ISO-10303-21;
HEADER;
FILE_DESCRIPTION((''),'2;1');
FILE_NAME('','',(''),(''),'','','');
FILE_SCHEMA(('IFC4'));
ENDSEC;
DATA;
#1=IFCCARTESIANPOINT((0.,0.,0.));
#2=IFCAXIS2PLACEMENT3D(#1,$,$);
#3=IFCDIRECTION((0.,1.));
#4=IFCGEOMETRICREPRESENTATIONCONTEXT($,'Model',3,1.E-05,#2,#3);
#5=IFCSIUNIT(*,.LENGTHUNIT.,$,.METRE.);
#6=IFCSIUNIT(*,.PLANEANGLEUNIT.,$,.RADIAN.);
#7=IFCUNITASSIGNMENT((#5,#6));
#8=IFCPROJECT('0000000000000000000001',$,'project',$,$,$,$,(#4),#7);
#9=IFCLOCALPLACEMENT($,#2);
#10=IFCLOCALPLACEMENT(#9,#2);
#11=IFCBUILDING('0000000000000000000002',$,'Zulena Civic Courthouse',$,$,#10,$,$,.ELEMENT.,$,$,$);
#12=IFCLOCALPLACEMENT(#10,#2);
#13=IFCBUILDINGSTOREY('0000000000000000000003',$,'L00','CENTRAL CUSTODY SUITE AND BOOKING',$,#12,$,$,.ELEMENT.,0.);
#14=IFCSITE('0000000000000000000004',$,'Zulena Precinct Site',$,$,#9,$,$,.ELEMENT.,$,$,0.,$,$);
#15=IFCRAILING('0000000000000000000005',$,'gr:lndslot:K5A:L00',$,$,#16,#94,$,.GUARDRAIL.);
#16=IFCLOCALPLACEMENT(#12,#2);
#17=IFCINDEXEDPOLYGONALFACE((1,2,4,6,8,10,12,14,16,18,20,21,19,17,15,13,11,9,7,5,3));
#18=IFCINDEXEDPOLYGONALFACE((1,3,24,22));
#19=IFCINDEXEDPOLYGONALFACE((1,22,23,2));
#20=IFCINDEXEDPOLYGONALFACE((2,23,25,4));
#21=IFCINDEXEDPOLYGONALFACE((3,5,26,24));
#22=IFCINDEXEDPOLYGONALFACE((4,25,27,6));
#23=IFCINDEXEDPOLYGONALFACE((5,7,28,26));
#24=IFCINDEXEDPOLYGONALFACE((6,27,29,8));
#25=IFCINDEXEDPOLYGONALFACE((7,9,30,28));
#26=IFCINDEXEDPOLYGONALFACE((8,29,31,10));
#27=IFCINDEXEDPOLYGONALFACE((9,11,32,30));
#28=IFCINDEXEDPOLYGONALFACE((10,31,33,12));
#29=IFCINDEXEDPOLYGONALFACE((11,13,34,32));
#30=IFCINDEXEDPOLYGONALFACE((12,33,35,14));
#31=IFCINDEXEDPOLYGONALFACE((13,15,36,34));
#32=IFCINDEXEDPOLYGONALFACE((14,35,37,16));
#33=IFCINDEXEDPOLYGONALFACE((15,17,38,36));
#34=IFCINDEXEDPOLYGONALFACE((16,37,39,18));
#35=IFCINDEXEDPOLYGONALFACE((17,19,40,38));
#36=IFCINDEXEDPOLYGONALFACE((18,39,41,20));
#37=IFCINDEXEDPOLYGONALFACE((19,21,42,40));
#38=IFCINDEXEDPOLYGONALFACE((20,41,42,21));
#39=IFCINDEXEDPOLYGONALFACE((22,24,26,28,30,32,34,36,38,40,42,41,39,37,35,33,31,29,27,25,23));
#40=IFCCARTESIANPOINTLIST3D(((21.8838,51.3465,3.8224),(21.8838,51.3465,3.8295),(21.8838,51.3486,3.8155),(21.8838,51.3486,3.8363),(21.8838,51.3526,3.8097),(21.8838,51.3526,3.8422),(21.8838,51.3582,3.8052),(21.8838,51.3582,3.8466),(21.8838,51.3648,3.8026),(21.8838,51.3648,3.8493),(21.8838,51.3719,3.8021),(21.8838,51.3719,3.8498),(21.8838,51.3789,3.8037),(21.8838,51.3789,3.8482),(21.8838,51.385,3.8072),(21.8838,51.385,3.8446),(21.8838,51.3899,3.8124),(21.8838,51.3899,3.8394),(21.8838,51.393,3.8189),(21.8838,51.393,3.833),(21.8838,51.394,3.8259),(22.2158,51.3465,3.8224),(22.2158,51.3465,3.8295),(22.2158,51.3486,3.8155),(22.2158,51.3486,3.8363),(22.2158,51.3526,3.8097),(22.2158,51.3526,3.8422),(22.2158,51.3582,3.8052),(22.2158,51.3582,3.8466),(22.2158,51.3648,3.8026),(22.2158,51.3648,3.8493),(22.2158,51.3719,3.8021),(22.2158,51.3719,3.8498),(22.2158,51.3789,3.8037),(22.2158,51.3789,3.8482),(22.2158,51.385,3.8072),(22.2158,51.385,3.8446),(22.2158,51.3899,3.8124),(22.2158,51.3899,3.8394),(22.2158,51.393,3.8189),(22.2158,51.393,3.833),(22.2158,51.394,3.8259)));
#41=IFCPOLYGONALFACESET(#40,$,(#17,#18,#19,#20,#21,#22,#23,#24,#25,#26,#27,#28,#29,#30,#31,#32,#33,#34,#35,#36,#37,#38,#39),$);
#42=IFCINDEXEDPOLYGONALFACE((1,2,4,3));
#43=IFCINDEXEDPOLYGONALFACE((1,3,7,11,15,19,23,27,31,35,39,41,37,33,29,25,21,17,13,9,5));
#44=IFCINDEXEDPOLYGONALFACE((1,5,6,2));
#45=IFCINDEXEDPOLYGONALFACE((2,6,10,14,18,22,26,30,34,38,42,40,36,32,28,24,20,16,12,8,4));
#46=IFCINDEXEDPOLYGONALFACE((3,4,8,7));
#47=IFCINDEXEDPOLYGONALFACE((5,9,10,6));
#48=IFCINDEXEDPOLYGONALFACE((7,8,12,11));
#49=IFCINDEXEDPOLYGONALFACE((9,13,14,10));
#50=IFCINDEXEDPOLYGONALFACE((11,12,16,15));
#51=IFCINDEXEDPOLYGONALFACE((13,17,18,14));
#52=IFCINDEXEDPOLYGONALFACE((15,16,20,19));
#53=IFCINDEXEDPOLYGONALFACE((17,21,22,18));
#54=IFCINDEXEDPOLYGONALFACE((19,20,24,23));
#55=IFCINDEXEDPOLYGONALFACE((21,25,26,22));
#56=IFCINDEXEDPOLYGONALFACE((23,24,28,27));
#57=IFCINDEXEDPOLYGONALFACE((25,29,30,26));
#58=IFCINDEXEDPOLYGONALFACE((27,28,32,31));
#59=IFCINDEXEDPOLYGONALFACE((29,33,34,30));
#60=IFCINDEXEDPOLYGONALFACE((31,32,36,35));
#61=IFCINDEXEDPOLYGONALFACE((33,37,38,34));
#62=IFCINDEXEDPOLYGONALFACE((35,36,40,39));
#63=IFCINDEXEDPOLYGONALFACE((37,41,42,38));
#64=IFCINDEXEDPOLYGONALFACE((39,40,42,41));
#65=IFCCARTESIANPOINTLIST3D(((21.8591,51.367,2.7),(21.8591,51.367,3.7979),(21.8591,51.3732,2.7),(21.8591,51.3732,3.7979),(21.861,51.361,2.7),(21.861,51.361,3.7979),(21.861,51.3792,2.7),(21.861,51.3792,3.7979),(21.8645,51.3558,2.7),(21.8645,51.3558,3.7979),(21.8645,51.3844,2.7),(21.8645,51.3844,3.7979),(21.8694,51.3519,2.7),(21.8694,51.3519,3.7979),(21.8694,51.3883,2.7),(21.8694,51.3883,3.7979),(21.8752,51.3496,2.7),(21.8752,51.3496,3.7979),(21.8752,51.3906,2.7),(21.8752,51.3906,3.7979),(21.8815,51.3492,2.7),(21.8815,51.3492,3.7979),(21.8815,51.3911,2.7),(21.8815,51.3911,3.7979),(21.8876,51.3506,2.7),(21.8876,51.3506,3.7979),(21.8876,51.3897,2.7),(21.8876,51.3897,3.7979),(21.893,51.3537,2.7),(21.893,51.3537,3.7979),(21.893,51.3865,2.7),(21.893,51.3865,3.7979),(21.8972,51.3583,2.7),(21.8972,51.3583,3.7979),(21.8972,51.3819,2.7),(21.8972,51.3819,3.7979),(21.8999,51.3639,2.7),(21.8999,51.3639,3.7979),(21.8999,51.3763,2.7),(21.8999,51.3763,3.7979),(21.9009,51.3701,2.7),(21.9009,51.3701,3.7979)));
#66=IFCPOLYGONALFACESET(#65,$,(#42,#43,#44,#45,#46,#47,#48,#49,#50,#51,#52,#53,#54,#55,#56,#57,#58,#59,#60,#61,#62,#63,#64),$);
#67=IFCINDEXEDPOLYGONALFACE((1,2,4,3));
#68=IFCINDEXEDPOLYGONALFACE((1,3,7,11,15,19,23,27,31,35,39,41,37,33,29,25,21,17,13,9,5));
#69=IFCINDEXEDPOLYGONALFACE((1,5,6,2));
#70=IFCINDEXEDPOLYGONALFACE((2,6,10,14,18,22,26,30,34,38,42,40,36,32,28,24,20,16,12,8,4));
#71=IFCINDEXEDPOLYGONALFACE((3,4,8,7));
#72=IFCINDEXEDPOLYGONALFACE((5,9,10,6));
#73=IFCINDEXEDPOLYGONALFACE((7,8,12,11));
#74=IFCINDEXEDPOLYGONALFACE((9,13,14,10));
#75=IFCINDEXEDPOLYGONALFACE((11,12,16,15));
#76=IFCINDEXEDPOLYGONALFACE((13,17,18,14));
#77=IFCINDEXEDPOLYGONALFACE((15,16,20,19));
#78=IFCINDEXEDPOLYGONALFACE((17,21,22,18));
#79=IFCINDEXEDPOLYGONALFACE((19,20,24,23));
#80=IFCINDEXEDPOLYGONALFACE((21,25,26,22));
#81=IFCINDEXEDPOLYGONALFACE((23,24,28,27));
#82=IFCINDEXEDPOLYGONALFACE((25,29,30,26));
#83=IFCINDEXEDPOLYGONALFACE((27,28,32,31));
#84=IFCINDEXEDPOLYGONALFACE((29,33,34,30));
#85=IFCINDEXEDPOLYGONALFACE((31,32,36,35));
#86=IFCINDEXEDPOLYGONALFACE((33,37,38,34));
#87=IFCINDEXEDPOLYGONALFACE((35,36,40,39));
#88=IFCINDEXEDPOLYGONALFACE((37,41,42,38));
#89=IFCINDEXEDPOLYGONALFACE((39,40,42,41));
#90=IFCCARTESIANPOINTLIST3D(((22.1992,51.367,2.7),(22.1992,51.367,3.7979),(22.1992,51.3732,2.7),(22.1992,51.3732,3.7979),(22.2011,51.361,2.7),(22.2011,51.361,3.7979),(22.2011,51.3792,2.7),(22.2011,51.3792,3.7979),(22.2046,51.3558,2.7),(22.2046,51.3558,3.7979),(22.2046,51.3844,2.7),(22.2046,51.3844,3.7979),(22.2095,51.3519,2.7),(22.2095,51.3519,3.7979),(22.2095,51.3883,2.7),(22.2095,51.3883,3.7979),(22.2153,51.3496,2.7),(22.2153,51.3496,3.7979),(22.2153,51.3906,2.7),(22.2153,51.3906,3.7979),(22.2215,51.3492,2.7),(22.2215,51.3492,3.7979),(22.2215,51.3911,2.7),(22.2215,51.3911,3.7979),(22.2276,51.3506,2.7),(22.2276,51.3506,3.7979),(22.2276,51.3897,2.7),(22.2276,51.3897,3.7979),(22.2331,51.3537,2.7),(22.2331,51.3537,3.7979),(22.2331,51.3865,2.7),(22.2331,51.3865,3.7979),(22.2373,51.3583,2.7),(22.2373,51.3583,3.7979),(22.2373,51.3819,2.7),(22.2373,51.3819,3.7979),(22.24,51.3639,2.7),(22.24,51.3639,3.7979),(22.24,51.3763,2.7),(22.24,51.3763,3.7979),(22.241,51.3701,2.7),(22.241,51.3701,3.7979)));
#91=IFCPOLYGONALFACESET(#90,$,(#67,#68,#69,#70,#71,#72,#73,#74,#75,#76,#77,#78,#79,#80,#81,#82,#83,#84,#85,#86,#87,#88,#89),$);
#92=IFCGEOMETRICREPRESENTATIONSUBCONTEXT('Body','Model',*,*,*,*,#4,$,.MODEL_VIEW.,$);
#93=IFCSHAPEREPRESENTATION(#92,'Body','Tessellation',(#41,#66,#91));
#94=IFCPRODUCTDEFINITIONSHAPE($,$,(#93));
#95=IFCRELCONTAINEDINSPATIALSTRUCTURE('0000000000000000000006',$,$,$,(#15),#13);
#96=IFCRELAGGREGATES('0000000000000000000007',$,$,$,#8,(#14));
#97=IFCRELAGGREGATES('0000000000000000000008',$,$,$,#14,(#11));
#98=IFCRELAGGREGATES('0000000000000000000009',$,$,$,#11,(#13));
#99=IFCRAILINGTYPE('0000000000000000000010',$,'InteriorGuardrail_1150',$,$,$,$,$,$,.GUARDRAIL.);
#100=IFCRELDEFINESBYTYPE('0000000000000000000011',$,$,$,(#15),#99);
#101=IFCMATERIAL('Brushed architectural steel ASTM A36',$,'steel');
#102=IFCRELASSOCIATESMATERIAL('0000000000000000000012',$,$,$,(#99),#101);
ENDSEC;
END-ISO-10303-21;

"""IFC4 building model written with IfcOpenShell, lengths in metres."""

from ifc_helpers import new_model, si_unit, direction, frame, origin, origin_2d, place, context, subcontext, project, spatial, circle, extrude, material, type_object, element, save


model = new_model("IFC4")

# Units and contexts
model_context = context("Model", 3, precision=1e-05, world=origin(), true_north=direction((0.0, 1.0)))
body_context = subcontext(model_context, "Body", "Model", "MODEL_VIEW")
ifc_project = project(units=[si_unit("LENGTHUNIT", "METRE"), si_unit("PLANEANGLEUNIT", "RADIAN")], contexts=[model_context])

# Site, building, storey
site_placement = place(None, origin())
site = spatial("IfcSite", under=ifc_project, at=site_placement, Name="Zulena Precinct Site", CompositionType="ELEMENT", RefElevation=0.0)
building_placement = place(site_placement, origin())
building = spatial("IfcBuilding", under=site, at=building_placement, Name="Zulena Civic Courthouse", CompositionType="ELEMENT")
storey_placement = place(building_placement, origin())
storey = spatial("IfcBuildingStorey", under=building, at=storey_placement, Name="L00", Description="CENTRAL CUSTODY SUITE AND BOOKING", CompositionType="ELEMENT", Elevation=0.0)

# Railing
ifc_material_1 = material(Name="Brushed architectural steel ASTM A36", Category="steel")
railing_type_1 = type_object("IfcRailingType", Name="InteriorGuardrail_1150", PredefinedType="GUARDRAIL", material=ifc_material_1)
railing_1_placement = place(storey_placement, frame((21.8799, 51.3701, 2.7)))
element("IfcRailing", 1, at=railing_1_placement, inside=storey, type_object=railing_type_1, Name="gr:lndslot:K5A:L00", PredefinedType="GUARDRAIL", context=body_context, shape_type="SweptSolid", body=[
    extrude(circle(Radius=0.0239, at=origin_2d()), frame((0.0039, 0.0, 1.126), z_axis=(1.0, 0.0, 0.0), x_axis=(0.0, 1.0, 0.0)), (0.0, 0.0, 1.0), 0.332),
    extrude(circle(Radius=0.021, at=origin_2d()), origin(), (0.0, 0.0, 1.0), 1.0979),
    extrude(circle(Radius=0.021, at=origin_2d()), frame((0.3401, 0.0, 0.0)), (0.0, 0.0, 1.0), 1.0979),
])

save(model, "model.ifc")
